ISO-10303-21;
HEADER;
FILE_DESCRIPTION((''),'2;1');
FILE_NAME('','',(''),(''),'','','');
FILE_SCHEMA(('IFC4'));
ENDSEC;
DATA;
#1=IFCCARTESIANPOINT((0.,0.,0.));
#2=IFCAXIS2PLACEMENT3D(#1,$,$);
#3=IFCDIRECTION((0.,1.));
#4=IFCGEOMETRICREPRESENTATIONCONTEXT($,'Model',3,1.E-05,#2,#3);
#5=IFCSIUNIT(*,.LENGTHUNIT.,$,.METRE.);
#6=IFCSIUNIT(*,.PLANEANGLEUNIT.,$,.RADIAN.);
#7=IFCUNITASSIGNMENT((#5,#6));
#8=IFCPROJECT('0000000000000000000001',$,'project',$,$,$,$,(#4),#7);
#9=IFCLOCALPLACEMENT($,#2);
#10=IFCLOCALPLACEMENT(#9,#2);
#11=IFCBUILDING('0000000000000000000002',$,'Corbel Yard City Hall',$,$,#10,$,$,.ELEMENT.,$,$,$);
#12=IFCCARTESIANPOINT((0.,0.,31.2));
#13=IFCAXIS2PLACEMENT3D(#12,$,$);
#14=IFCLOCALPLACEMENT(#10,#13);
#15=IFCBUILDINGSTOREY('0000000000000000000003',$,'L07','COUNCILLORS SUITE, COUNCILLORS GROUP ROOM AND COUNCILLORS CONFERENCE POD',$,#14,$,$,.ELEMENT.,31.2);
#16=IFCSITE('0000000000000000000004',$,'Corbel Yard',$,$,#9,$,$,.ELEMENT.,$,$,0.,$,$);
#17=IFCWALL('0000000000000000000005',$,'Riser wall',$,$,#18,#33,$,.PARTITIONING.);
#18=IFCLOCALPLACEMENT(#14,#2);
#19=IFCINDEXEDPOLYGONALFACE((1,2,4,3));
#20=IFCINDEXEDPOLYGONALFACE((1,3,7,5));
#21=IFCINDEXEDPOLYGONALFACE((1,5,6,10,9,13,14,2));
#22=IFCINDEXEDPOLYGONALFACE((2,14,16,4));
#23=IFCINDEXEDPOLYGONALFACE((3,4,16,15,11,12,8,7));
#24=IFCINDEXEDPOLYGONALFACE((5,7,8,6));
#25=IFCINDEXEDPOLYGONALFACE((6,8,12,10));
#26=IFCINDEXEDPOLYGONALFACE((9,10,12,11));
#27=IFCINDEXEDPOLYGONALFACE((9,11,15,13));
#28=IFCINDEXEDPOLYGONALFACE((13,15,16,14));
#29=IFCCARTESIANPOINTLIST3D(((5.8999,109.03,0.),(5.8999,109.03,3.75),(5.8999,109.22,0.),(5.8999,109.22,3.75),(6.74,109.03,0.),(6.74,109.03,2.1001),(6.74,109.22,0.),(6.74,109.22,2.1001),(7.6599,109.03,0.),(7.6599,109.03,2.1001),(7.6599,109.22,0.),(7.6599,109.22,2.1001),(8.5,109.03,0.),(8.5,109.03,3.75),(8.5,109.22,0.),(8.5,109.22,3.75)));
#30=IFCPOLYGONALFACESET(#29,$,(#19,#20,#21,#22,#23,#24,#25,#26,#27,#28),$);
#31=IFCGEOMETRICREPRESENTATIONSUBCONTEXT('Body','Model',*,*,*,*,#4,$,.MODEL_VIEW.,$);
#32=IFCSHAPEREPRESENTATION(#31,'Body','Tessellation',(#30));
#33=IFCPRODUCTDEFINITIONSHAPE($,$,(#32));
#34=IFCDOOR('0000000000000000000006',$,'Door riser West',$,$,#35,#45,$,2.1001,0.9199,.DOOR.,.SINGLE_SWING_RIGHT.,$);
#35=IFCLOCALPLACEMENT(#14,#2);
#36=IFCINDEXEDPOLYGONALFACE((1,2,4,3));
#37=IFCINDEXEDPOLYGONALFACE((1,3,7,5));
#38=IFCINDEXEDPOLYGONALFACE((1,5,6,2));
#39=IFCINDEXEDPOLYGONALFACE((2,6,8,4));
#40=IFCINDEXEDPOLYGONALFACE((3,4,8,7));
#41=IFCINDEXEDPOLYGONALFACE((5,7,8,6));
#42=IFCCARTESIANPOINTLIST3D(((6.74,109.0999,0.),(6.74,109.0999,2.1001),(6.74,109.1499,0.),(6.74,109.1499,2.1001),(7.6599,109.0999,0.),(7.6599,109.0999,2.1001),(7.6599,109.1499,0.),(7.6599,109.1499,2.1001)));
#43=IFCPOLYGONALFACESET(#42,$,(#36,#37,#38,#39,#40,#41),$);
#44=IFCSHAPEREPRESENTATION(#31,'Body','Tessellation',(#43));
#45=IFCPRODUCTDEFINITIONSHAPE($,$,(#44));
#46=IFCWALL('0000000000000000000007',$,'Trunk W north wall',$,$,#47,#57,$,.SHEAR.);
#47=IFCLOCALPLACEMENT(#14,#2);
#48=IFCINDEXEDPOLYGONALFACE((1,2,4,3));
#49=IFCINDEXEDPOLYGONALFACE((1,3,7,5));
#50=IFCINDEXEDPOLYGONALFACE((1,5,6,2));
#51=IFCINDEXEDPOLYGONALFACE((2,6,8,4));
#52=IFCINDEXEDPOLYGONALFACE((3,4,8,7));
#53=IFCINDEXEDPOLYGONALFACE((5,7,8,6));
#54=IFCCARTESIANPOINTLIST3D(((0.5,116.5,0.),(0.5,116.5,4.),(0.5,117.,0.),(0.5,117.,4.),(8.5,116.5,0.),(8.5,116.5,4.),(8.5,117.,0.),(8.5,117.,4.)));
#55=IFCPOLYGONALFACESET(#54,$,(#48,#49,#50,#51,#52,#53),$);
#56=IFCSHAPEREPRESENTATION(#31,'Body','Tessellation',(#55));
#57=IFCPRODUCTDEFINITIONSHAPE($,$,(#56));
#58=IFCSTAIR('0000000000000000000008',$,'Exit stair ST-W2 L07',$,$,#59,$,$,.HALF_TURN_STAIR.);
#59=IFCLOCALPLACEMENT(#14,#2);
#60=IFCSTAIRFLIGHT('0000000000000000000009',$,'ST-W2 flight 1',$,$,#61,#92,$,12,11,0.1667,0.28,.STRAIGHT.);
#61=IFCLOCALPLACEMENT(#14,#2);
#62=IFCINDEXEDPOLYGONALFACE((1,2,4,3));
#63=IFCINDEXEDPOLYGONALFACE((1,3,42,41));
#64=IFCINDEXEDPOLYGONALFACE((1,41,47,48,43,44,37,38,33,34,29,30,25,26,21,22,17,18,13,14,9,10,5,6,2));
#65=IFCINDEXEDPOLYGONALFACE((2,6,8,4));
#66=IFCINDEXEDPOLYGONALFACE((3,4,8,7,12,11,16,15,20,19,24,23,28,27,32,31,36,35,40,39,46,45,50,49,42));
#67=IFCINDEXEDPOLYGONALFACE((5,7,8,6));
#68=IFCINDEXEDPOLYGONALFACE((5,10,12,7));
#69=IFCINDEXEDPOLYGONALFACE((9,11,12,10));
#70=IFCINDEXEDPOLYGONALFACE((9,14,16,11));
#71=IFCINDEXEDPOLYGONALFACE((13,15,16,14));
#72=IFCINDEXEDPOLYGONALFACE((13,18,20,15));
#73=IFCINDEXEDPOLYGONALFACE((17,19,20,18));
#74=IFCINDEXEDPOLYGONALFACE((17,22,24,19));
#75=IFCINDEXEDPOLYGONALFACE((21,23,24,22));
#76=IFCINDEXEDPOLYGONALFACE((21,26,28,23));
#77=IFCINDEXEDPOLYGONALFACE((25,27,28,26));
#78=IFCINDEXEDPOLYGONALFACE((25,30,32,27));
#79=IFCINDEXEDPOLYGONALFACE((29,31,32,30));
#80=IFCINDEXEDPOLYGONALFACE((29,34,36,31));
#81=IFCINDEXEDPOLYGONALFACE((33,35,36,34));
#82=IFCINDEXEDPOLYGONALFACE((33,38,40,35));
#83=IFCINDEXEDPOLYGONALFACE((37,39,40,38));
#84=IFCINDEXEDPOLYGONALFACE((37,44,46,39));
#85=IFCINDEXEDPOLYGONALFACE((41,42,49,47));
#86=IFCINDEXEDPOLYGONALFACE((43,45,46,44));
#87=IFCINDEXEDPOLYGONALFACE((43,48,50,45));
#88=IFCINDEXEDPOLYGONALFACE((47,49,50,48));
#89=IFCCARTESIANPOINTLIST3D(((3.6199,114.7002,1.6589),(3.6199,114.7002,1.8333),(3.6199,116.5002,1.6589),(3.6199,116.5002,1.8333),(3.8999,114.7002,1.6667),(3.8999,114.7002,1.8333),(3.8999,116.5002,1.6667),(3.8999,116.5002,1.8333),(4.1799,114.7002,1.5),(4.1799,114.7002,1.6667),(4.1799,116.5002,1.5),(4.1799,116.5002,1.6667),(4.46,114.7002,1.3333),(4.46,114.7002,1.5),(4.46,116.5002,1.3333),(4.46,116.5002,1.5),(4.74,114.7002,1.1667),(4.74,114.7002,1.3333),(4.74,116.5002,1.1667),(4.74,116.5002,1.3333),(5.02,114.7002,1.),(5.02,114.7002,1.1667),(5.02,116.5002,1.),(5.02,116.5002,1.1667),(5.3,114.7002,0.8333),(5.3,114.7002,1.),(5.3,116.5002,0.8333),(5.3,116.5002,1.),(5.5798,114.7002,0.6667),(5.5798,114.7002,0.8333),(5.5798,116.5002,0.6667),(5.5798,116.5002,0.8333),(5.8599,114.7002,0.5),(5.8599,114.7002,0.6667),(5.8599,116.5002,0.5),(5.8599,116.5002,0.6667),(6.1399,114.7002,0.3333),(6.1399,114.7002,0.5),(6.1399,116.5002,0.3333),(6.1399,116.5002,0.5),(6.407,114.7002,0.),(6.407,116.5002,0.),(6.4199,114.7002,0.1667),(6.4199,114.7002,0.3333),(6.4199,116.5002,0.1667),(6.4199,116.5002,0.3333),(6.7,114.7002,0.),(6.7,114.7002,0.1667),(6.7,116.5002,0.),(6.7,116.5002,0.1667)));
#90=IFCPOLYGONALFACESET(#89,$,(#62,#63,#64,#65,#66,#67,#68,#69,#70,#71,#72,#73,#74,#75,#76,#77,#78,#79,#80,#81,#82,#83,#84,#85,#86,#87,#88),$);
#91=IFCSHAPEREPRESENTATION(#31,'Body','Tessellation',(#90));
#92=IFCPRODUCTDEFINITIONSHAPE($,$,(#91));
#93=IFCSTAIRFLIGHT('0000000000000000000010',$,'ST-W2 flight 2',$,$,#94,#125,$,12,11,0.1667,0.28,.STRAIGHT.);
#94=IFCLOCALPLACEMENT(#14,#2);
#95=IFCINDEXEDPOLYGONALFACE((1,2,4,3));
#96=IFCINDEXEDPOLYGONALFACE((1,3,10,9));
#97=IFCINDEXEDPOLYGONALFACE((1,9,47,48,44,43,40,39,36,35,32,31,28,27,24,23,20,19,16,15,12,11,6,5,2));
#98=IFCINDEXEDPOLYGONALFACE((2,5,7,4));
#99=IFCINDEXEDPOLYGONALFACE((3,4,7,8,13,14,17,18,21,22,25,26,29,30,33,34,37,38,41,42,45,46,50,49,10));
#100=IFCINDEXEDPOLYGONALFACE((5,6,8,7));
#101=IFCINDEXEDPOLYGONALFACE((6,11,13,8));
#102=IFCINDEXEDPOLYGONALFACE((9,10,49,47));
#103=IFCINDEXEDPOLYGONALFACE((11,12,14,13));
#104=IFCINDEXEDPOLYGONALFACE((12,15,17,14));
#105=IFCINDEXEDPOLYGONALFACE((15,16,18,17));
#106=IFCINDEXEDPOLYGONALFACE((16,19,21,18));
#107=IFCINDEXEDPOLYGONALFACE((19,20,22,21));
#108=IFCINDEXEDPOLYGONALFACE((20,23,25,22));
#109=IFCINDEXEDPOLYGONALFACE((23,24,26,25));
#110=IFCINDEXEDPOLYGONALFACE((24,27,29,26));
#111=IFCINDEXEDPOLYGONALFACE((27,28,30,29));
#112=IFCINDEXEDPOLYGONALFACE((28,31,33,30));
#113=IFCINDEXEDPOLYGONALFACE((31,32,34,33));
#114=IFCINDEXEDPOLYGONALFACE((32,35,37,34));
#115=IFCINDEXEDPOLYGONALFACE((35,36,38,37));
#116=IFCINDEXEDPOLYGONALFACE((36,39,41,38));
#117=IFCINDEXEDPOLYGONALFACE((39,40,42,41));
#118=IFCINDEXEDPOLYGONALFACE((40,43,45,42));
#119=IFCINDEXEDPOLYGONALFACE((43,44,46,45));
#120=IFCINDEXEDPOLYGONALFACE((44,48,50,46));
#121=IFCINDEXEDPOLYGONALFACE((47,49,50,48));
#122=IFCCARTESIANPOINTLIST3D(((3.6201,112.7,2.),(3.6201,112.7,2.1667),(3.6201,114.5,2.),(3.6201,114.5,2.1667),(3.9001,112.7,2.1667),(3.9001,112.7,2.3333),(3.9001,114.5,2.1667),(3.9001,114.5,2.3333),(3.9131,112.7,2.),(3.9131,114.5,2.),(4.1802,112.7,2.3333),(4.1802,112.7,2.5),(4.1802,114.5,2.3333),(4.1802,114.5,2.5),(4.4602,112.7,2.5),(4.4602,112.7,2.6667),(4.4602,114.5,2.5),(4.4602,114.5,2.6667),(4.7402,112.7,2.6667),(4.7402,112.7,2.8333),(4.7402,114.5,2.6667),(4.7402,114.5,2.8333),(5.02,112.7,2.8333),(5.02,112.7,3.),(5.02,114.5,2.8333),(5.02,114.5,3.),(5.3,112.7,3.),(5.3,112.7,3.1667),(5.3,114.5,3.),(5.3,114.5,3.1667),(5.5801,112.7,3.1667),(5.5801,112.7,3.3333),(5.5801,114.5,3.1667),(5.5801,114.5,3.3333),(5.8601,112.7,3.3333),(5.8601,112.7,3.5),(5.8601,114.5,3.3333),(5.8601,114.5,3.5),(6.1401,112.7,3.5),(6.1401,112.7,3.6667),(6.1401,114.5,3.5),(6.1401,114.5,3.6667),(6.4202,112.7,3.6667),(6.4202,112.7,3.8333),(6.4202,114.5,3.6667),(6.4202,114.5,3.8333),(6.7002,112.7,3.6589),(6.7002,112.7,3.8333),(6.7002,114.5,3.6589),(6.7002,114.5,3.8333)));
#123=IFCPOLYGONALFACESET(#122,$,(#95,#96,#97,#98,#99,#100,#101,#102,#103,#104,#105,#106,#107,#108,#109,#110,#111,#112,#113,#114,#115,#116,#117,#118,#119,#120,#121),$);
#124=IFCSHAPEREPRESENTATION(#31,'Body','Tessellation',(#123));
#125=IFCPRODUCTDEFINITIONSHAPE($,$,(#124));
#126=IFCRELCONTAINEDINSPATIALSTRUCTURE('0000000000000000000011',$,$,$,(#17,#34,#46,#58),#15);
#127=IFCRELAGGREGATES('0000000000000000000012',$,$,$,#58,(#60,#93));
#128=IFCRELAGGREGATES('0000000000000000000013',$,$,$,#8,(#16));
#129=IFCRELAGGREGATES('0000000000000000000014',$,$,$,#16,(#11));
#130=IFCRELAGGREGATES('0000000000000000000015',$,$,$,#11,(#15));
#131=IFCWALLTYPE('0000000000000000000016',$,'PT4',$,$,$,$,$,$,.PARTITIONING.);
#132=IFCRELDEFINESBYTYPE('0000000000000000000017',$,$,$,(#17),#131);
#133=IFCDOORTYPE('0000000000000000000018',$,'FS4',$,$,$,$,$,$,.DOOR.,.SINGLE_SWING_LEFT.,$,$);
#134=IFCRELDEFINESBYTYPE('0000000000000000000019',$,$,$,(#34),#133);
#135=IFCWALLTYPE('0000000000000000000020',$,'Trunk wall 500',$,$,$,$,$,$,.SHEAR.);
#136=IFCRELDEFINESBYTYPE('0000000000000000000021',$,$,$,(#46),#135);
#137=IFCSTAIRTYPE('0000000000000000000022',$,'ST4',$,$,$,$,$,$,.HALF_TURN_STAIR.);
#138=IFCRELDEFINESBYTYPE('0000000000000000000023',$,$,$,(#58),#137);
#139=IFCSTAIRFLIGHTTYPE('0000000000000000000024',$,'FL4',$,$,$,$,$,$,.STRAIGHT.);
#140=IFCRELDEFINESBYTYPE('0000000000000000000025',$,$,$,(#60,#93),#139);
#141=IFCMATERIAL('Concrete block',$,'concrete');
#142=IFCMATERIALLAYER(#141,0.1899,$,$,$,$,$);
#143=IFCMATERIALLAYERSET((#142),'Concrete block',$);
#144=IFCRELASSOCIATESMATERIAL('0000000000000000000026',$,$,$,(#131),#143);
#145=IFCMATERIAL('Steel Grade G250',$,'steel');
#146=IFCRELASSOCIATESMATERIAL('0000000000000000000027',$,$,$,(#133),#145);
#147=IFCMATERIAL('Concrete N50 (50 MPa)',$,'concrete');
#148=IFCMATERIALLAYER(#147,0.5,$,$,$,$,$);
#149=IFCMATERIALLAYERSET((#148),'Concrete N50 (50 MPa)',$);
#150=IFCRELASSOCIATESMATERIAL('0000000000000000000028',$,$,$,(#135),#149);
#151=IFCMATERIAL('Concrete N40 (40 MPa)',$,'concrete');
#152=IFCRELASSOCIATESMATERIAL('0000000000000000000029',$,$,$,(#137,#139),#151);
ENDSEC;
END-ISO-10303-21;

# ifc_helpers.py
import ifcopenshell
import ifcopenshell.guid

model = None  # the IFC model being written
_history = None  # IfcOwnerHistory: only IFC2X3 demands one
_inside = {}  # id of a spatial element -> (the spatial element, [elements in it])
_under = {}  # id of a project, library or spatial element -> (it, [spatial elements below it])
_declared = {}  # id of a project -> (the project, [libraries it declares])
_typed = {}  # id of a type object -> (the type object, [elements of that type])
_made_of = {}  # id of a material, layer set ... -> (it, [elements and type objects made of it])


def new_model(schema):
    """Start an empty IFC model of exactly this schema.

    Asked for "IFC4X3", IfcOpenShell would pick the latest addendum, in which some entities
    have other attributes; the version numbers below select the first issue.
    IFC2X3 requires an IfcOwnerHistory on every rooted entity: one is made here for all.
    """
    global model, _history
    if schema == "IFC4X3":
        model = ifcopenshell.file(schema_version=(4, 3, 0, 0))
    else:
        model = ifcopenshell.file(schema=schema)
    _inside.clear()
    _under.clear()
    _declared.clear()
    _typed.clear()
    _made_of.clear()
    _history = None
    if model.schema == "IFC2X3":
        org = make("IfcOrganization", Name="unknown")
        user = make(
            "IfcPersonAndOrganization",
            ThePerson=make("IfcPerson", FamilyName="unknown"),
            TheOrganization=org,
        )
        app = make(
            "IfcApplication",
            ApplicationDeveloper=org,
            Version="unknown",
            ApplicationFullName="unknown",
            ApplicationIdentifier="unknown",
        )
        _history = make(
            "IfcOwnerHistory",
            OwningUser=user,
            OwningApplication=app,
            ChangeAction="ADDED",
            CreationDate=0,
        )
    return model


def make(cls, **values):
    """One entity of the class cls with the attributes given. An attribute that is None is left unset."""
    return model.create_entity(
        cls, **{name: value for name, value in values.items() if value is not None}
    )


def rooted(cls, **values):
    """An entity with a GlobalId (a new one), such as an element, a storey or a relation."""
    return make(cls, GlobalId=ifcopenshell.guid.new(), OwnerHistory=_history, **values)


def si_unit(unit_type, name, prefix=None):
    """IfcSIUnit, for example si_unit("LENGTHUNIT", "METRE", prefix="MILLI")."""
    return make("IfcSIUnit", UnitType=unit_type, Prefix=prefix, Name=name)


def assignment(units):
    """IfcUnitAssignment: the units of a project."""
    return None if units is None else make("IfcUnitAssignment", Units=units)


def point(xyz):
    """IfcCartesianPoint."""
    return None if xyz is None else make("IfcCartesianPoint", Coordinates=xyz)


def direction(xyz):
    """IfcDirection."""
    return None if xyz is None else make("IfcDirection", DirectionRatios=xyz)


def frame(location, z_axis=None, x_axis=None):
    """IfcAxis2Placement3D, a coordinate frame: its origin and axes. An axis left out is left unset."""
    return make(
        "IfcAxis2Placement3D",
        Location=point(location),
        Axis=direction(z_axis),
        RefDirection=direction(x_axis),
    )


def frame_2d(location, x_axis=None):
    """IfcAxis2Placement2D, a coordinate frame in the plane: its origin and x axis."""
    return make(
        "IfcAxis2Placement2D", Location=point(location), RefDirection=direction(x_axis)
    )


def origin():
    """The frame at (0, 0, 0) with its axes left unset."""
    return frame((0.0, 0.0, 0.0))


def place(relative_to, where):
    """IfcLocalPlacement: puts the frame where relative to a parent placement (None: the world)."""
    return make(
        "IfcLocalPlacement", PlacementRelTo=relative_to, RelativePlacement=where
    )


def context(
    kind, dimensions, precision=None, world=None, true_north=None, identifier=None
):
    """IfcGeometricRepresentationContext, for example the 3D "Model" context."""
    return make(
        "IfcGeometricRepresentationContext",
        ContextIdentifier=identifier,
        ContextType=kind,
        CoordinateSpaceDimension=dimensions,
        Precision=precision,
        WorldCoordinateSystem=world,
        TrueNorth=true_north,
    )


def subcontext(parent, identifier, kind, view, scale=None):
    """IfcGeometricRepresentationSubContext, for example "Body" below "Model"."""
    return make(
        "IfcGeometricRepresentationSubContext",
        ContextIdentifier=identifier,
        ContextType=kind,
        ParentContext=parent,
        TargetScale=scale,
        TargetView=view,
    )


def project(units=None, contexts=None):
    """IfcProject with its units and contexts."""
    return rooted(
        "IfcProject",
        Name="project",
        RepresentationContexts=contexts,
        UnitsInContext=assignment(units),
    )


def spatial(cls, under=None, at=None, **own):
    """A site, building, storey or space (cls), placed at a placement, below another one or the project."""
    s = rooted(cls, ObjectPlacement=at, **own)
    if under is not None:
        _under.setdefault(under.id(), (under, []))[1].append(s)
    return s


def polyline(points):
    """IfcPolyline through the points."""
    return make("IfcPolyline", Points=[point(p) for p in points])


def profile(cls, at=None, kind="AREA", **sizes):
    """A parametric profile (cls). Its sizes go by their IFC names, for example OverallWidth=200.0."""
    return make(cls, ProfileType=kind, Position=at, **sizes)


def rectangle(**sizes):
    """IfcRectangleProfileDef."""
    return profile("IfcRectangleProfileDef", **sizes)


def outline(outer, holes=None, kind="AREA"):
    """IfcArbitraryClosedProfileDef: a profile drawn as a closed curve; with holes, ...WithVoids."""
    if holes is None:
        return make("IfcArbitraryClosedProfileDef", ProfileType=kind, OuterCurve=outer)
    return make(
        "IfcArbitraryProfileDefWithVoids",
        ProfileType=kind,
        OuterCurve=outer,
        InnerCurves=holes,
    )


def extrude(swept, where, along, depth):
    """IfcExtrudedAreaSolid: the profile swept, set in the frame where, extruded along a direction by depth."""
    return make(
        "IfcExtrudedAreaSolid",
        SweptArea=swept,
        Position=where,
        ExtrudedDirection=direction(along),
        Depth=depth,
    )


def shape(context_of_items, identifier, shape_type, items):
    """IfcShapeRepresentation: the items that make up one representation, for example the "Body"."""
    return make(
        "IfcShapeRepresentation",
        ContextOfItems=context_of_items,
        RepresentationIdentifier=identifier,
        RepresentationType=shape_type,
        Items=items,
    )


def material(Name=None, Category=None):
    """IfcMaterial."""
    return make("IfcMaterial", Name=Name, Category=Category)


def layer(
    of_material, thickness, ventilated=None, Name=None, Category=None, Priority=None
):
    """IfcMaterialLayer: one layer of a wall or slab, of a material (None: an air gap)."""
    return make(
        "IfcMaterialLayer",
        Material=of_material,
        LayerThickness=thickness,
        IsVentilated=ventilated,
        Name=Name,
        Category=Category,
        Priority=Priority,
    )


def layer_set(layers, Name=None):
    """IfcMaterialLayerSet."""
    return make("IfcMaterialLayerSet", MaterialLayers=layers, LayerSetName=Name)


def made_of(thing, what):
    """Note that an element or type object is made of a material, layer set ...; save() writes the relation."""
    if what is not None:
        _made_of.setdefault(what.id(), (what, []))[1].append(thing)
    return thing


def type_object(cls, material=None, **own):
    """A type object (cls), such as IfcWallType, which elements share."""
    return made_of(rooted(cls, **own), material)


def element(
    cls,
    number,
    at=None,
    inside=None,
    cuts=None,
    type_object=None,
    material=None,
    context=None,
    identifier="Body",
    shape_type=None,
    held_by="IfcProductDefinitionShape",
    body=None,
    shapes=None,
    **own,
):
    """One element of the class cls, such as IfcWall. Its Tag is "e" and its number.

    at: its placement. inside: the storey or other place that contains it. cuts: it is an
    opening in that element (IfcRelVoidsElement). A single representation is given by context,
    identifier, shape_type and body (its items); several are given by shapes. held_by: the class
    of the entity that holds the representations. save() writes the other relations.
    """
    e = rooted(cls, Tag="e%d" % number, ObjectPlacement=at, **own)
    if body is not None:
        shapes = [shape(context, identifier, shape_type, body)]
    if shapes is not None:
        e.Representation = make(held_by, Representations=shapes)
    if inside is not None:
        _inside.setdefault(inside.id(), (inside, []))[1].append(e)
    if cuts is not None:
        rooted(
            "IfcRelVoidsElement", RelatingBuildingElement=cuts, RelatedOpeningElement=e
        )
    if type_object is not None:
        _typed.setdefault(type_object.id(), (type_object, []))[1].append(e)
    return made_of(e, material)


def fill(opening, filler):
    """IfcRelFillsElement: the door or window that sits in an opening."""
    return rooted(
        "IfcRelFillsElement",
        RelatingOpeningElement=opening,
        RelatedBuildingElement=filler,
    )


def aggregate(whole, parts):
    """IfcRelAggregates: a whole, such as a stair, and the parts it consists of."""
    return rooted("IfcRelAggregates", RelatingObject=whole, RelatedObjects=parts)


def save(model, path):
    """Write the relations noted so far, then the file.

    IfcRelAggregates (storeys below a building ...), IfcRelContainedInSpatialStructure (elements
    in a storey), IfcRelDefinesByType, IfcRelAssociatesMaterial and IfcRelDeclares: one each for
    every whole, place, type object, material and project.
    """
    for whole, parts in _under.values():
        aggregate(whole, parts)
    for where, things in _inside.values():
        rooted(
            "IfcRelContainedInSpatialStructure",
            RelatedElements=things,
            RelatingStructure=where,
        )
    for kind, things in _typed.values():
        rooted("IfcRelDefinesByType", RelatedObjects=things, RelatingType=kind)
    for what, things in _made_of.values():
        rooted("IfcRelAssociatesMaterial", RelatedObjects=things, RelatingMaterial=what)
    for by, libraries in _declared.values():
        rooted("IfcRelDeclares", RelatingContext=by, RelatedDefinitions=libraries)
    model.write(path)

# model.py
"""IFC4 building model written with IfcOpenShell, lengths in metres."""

from ifc_helpers import new_model, si_unit, direction, frame, frame_2d, origin, place, context, subcontext, project, spatial, polyline, rectangle, outline, extrude, material, layer, layer_set, type_object, element, fill, aggregate, save


model = new_model("IFC4")

# Units and contexts
model_context = context("Model", 3, precision=1e-05, world=origin(), true_north=direction((0.0, 1.0)))
body_context = subcontext(model_context, "Body", "Model", "MODEL_VIEW")
ifc_project = project(units=[si_unit("LENGTHUNIT", "METRE"), si_unit("PLANEANGLEUNIT", "RADIAN")], contexts=[model_context])

# Site, building, storey
site_placement = place(None, origin())
site = spatial("IfcSite", under=ifc_project, at=site_placement, Name="Corbel Yard", CompositionType="ELEMENT", RefElevation=0.0)
building_placement = place(site_placement, origin())
building = spatial("IfcBuilding", under=site, at=building_placement, Name="Corbel Yard City Hall", CompositionType="ELEMENT")
storey_placement = place(building_placement, frame((0.0, 0.0, 31.2)))
storey = spatial("IfcBuildingStorey", under=building, at=storey_placement, Name="L07", Description="COUNCILLORS SUITE, COUNCILLORS GROUP ROOM AND COUNCILLORS CONFERENCE POD", CompositionType="ELEMENT", Elevation=31.2)

# Shared definitions
ifc_material_1 = material(Name="Concrete N40 (40 MPa)", Category="concrete")

# Wall, opening, door
ifc_material_2 = material(Name="Concrete block", Category="concrete")
ifc_layer_1 = layer(ifc_material_2, 0.1899)
ifc_layer_set_1 = layer_set([ifc_layer_1], Name="Concrete block")
wall_type_1 = type_object("IfcWallType", Name="PT4", PredefinedType="PARTITIONING", material=ifc_layer_set_1)
wall_1_placement = place(storey_placement, frame((8.5, 109.125, 0.0), z_axis=(0.0, 0.0, 1.0), x_axis=(-1.0, 0.0, 0.0)))
wall_1 = element("IfcWall", 1, at=wall_1_placement, inside=storey, type_object=wall_type_1, Name="Riser wall", PredefinedType="PARTITIONING", context=body_context, shape_type="SweptSolid", body=[
    extrude(rectangle(XDim=2.6001, YDim=0.1899, at=frame_2d((1.3, 0.0))), origin(), (0.0, 0.0, 1.0), 3.75),
])
opening_1_placement = place(wall_1_placement, frame((0.8401, 0.0, 0.0)))
opening_1 = element("IfcOpeningElement", 2, at=opening_1_placement, cuts=wall_1, PredefinedType="OPENING", context=body_context, shape_type="SweptSolid", body=[
    extrude(rectangle(XDim=0.9199, YDim=2.1001, at=frame_2d((0.46, 1.05))), frame((0.0, 0.105, 0.0), z_axis=(0.0, -1.0, 0.0), x_axis=(1.0, 0.0, 0.0)), (0.0, 0.0, 1.0), 0.21),
])
ifc_material_3 = material(Name="Steel Grade G250", Category="steel")
door_type_1 = type_object("IfcDoorType", Name="FS4", OperationType="SINGLE_SWING_LEFT", PredefinedType="DOOR", material=ifc_material_3)
door_1_placement = place(opening_1_placement, frame((0.9199, 0.0, 0.0), z_axis=(0.0, 0.0, 1.0), x_axis=(-1.0, 0.0, 0.0)))
door_1 = element("IfcDoor", 3, at=door_1_placement, inside=storey, type_object=door_type_1, Name="Door riser West", OperationType="SINGLE_SWING_RIGHT", OverallHeight=2.1001, OverallWidth=0.9199, PredefinedType="DOOR", context=body_context, shape_type="SweptSolid", body=[
    extrude(rectangle(XDim=0.9199, YDim=2.1001, at=frame_2d((0.46, 1.05))), frame((0.0, 0.0249, 0.0), z_axis=(0.0, -1.0, 0.0), x_axis=(1.0, 0.0, 0.0)), (0.0, 0.0, 1.0), 0.05),
])
fill(opening_1, door_1)

# Wall
ifc_material_4 = material(Name="Concrete N50 (50 MPa)", Category="concrete")
ifc_layer_2 = layer(ifc_material_4, 0.5)
ifc_layer_set_2 = layer_set([ifc_layer_2], Name="Concrete N50 (50 MPa)")
wall_type_2 = type_object("IfcWallType", Name="Trunk wall 500", PredefinedType="SHEAR", material=ifc_layer_set_2)
wall_2_placement = place(storey_placement, frame((0.5, 116.75, 0.0), z_axis=(0.0, 0.0, 1.0), x_axis=(1.0, 0.0, 0.0)))
element("IfcWall", 4, at=wall_2_placement, inside=storey, type_object=wall_type_2, Name="Trunk W north wall", PredefinedType="SHEAR", context=body_context, shape_type="SweptSolid", body=[
    extrude(rectangle(XDim=8.0, YDim=0.5, at=frame_2d((4.0, 0.0))), origin(), (0.0, 0.0, 1.0), 4.0),
])

# Stair, stair flights
stair_type = type_object("IfcStairType", Name="ST4", PredefinedType="HALF_TURN_STAIR", material=ifc_material_1)
stair_placement = place(storey_placement, origin())
stair = element("IfcStair", 5, at=stair_placement, inside=storey, type_object=stair_type, Name="Exit stair ST-W2 L07", PredefinedType="HALF_TURN_STAIR")
stair_flight_type = type_object("IfcStairFlightType", Name="FL4", PredefinedType="STRAIGHT", material=ifc_material_1)
stair_flight_1_placement = place(storey_placement, frame((6.7, 115.6001, 0.0), z_axis=(0.0, 0.0, 1.0), x_axis=(-1.0, 0.0, 0.0)))
stair_flight_1 = element("IfcStairFlight", 6, at=stair_flight_1_placement, type_object=stair_flight_type, Name="ST-W2 flight 1", NumberOfRisers=12, NumberOfTreads=11, PredefinedType="STRAIGHT", RiserHeight=0.1667, TreadLength=0.28, context=body_context, shape_type="SweptSolid", body=[
    extrude(outline(polyline([(0.0, 0.0), (0.0, 0.1667), (0.28, 0.1667), (0.28, 0.3333), (0.5601, 0.3333), (0.5601, 0.5), (0.8401, 0.5), (0.8401, 0.6667), (1.1201, 0.6667), (1.1201, 0.8333), (1.3999, 0.8333), (1.3999, 1.0), (1.6799, 1.0), (1.6799, 1.1667), (1.96, 1.1667), (1.96, 1.3333), (2.24, 1.3333), (2.24, 1.5), (2.52, 1.5), (2.52, 1.6667), (2.8, 1.6667), (2.8, 1.8333), (3.0801, 1.8333), (3.0801, 2.0), (3.0801, 1.6589), (0.293, 0.0), (0.0, 0.0)])), frame((0.0, 0.8999, 0.0), z_axis=(0.0, -1.0, 0.0), x_axis=(1.0, 0.0, 0.0)), (0.0, 0.0, 1.0), 1.8),
])
stair_flight_2_placement = place(storey_placement, frame((3.6201, 113.6001, 2.0), z_axis=(0.0, 0.0, 1.0), x_axis=(1.0, 0.0, 0.0)))
stair_flight_2 = element("IfcStairFlight", 7, at=stair_flight_2_placement, type_object=stair_flight_type, Name="ST-W2 flight 2", NumberOfRisers=12, NumberOfTreads=11, PredefinedType="STRAIGHT", RiserHeight=0.1667, TreadLength=0.28, context=body_context, shape_type="SweptSolid", body=[
    extrude(outline(polyline([(0.0, 0.0), (0.0, 0.1667), (0.28, 0.1667), (0.28, 0.3333), (0.5601, 0.3333), (0.5601, 0.5), (0.8401, 0.5), (0.8401, 0.6667), (1.1201, 0.6667), (1.1201, 0.8333), (1.3999, 0.8333), (1.3999, 1.0), (1.6799, 1.0), (1.6799, 1.1667), (1.96, 1.1667), (1.96, 1.3333), (2.24, 1.3333), (2.24, 1.5), (2.52, 1.5), (2.52, 1.6667), (2.8, 1.6667), (2.8, 1.8333), (3.0801, 1.8333), (3.0801, 2.0), (3.0801, 1.6589), (0.293, 0.0), (0.0, 0.0)])), frame((0.0, 0.8999, 0.0), z_axis=(0.0, -1.0, 0.0), x_axis=(1.0, 0.0, 0.0)), (0.0, 0.0, 1.0), 1.8),
])
aggregate(stair, [stair_flight_1, stair_flight_2])

save(model, "model.ifc")
